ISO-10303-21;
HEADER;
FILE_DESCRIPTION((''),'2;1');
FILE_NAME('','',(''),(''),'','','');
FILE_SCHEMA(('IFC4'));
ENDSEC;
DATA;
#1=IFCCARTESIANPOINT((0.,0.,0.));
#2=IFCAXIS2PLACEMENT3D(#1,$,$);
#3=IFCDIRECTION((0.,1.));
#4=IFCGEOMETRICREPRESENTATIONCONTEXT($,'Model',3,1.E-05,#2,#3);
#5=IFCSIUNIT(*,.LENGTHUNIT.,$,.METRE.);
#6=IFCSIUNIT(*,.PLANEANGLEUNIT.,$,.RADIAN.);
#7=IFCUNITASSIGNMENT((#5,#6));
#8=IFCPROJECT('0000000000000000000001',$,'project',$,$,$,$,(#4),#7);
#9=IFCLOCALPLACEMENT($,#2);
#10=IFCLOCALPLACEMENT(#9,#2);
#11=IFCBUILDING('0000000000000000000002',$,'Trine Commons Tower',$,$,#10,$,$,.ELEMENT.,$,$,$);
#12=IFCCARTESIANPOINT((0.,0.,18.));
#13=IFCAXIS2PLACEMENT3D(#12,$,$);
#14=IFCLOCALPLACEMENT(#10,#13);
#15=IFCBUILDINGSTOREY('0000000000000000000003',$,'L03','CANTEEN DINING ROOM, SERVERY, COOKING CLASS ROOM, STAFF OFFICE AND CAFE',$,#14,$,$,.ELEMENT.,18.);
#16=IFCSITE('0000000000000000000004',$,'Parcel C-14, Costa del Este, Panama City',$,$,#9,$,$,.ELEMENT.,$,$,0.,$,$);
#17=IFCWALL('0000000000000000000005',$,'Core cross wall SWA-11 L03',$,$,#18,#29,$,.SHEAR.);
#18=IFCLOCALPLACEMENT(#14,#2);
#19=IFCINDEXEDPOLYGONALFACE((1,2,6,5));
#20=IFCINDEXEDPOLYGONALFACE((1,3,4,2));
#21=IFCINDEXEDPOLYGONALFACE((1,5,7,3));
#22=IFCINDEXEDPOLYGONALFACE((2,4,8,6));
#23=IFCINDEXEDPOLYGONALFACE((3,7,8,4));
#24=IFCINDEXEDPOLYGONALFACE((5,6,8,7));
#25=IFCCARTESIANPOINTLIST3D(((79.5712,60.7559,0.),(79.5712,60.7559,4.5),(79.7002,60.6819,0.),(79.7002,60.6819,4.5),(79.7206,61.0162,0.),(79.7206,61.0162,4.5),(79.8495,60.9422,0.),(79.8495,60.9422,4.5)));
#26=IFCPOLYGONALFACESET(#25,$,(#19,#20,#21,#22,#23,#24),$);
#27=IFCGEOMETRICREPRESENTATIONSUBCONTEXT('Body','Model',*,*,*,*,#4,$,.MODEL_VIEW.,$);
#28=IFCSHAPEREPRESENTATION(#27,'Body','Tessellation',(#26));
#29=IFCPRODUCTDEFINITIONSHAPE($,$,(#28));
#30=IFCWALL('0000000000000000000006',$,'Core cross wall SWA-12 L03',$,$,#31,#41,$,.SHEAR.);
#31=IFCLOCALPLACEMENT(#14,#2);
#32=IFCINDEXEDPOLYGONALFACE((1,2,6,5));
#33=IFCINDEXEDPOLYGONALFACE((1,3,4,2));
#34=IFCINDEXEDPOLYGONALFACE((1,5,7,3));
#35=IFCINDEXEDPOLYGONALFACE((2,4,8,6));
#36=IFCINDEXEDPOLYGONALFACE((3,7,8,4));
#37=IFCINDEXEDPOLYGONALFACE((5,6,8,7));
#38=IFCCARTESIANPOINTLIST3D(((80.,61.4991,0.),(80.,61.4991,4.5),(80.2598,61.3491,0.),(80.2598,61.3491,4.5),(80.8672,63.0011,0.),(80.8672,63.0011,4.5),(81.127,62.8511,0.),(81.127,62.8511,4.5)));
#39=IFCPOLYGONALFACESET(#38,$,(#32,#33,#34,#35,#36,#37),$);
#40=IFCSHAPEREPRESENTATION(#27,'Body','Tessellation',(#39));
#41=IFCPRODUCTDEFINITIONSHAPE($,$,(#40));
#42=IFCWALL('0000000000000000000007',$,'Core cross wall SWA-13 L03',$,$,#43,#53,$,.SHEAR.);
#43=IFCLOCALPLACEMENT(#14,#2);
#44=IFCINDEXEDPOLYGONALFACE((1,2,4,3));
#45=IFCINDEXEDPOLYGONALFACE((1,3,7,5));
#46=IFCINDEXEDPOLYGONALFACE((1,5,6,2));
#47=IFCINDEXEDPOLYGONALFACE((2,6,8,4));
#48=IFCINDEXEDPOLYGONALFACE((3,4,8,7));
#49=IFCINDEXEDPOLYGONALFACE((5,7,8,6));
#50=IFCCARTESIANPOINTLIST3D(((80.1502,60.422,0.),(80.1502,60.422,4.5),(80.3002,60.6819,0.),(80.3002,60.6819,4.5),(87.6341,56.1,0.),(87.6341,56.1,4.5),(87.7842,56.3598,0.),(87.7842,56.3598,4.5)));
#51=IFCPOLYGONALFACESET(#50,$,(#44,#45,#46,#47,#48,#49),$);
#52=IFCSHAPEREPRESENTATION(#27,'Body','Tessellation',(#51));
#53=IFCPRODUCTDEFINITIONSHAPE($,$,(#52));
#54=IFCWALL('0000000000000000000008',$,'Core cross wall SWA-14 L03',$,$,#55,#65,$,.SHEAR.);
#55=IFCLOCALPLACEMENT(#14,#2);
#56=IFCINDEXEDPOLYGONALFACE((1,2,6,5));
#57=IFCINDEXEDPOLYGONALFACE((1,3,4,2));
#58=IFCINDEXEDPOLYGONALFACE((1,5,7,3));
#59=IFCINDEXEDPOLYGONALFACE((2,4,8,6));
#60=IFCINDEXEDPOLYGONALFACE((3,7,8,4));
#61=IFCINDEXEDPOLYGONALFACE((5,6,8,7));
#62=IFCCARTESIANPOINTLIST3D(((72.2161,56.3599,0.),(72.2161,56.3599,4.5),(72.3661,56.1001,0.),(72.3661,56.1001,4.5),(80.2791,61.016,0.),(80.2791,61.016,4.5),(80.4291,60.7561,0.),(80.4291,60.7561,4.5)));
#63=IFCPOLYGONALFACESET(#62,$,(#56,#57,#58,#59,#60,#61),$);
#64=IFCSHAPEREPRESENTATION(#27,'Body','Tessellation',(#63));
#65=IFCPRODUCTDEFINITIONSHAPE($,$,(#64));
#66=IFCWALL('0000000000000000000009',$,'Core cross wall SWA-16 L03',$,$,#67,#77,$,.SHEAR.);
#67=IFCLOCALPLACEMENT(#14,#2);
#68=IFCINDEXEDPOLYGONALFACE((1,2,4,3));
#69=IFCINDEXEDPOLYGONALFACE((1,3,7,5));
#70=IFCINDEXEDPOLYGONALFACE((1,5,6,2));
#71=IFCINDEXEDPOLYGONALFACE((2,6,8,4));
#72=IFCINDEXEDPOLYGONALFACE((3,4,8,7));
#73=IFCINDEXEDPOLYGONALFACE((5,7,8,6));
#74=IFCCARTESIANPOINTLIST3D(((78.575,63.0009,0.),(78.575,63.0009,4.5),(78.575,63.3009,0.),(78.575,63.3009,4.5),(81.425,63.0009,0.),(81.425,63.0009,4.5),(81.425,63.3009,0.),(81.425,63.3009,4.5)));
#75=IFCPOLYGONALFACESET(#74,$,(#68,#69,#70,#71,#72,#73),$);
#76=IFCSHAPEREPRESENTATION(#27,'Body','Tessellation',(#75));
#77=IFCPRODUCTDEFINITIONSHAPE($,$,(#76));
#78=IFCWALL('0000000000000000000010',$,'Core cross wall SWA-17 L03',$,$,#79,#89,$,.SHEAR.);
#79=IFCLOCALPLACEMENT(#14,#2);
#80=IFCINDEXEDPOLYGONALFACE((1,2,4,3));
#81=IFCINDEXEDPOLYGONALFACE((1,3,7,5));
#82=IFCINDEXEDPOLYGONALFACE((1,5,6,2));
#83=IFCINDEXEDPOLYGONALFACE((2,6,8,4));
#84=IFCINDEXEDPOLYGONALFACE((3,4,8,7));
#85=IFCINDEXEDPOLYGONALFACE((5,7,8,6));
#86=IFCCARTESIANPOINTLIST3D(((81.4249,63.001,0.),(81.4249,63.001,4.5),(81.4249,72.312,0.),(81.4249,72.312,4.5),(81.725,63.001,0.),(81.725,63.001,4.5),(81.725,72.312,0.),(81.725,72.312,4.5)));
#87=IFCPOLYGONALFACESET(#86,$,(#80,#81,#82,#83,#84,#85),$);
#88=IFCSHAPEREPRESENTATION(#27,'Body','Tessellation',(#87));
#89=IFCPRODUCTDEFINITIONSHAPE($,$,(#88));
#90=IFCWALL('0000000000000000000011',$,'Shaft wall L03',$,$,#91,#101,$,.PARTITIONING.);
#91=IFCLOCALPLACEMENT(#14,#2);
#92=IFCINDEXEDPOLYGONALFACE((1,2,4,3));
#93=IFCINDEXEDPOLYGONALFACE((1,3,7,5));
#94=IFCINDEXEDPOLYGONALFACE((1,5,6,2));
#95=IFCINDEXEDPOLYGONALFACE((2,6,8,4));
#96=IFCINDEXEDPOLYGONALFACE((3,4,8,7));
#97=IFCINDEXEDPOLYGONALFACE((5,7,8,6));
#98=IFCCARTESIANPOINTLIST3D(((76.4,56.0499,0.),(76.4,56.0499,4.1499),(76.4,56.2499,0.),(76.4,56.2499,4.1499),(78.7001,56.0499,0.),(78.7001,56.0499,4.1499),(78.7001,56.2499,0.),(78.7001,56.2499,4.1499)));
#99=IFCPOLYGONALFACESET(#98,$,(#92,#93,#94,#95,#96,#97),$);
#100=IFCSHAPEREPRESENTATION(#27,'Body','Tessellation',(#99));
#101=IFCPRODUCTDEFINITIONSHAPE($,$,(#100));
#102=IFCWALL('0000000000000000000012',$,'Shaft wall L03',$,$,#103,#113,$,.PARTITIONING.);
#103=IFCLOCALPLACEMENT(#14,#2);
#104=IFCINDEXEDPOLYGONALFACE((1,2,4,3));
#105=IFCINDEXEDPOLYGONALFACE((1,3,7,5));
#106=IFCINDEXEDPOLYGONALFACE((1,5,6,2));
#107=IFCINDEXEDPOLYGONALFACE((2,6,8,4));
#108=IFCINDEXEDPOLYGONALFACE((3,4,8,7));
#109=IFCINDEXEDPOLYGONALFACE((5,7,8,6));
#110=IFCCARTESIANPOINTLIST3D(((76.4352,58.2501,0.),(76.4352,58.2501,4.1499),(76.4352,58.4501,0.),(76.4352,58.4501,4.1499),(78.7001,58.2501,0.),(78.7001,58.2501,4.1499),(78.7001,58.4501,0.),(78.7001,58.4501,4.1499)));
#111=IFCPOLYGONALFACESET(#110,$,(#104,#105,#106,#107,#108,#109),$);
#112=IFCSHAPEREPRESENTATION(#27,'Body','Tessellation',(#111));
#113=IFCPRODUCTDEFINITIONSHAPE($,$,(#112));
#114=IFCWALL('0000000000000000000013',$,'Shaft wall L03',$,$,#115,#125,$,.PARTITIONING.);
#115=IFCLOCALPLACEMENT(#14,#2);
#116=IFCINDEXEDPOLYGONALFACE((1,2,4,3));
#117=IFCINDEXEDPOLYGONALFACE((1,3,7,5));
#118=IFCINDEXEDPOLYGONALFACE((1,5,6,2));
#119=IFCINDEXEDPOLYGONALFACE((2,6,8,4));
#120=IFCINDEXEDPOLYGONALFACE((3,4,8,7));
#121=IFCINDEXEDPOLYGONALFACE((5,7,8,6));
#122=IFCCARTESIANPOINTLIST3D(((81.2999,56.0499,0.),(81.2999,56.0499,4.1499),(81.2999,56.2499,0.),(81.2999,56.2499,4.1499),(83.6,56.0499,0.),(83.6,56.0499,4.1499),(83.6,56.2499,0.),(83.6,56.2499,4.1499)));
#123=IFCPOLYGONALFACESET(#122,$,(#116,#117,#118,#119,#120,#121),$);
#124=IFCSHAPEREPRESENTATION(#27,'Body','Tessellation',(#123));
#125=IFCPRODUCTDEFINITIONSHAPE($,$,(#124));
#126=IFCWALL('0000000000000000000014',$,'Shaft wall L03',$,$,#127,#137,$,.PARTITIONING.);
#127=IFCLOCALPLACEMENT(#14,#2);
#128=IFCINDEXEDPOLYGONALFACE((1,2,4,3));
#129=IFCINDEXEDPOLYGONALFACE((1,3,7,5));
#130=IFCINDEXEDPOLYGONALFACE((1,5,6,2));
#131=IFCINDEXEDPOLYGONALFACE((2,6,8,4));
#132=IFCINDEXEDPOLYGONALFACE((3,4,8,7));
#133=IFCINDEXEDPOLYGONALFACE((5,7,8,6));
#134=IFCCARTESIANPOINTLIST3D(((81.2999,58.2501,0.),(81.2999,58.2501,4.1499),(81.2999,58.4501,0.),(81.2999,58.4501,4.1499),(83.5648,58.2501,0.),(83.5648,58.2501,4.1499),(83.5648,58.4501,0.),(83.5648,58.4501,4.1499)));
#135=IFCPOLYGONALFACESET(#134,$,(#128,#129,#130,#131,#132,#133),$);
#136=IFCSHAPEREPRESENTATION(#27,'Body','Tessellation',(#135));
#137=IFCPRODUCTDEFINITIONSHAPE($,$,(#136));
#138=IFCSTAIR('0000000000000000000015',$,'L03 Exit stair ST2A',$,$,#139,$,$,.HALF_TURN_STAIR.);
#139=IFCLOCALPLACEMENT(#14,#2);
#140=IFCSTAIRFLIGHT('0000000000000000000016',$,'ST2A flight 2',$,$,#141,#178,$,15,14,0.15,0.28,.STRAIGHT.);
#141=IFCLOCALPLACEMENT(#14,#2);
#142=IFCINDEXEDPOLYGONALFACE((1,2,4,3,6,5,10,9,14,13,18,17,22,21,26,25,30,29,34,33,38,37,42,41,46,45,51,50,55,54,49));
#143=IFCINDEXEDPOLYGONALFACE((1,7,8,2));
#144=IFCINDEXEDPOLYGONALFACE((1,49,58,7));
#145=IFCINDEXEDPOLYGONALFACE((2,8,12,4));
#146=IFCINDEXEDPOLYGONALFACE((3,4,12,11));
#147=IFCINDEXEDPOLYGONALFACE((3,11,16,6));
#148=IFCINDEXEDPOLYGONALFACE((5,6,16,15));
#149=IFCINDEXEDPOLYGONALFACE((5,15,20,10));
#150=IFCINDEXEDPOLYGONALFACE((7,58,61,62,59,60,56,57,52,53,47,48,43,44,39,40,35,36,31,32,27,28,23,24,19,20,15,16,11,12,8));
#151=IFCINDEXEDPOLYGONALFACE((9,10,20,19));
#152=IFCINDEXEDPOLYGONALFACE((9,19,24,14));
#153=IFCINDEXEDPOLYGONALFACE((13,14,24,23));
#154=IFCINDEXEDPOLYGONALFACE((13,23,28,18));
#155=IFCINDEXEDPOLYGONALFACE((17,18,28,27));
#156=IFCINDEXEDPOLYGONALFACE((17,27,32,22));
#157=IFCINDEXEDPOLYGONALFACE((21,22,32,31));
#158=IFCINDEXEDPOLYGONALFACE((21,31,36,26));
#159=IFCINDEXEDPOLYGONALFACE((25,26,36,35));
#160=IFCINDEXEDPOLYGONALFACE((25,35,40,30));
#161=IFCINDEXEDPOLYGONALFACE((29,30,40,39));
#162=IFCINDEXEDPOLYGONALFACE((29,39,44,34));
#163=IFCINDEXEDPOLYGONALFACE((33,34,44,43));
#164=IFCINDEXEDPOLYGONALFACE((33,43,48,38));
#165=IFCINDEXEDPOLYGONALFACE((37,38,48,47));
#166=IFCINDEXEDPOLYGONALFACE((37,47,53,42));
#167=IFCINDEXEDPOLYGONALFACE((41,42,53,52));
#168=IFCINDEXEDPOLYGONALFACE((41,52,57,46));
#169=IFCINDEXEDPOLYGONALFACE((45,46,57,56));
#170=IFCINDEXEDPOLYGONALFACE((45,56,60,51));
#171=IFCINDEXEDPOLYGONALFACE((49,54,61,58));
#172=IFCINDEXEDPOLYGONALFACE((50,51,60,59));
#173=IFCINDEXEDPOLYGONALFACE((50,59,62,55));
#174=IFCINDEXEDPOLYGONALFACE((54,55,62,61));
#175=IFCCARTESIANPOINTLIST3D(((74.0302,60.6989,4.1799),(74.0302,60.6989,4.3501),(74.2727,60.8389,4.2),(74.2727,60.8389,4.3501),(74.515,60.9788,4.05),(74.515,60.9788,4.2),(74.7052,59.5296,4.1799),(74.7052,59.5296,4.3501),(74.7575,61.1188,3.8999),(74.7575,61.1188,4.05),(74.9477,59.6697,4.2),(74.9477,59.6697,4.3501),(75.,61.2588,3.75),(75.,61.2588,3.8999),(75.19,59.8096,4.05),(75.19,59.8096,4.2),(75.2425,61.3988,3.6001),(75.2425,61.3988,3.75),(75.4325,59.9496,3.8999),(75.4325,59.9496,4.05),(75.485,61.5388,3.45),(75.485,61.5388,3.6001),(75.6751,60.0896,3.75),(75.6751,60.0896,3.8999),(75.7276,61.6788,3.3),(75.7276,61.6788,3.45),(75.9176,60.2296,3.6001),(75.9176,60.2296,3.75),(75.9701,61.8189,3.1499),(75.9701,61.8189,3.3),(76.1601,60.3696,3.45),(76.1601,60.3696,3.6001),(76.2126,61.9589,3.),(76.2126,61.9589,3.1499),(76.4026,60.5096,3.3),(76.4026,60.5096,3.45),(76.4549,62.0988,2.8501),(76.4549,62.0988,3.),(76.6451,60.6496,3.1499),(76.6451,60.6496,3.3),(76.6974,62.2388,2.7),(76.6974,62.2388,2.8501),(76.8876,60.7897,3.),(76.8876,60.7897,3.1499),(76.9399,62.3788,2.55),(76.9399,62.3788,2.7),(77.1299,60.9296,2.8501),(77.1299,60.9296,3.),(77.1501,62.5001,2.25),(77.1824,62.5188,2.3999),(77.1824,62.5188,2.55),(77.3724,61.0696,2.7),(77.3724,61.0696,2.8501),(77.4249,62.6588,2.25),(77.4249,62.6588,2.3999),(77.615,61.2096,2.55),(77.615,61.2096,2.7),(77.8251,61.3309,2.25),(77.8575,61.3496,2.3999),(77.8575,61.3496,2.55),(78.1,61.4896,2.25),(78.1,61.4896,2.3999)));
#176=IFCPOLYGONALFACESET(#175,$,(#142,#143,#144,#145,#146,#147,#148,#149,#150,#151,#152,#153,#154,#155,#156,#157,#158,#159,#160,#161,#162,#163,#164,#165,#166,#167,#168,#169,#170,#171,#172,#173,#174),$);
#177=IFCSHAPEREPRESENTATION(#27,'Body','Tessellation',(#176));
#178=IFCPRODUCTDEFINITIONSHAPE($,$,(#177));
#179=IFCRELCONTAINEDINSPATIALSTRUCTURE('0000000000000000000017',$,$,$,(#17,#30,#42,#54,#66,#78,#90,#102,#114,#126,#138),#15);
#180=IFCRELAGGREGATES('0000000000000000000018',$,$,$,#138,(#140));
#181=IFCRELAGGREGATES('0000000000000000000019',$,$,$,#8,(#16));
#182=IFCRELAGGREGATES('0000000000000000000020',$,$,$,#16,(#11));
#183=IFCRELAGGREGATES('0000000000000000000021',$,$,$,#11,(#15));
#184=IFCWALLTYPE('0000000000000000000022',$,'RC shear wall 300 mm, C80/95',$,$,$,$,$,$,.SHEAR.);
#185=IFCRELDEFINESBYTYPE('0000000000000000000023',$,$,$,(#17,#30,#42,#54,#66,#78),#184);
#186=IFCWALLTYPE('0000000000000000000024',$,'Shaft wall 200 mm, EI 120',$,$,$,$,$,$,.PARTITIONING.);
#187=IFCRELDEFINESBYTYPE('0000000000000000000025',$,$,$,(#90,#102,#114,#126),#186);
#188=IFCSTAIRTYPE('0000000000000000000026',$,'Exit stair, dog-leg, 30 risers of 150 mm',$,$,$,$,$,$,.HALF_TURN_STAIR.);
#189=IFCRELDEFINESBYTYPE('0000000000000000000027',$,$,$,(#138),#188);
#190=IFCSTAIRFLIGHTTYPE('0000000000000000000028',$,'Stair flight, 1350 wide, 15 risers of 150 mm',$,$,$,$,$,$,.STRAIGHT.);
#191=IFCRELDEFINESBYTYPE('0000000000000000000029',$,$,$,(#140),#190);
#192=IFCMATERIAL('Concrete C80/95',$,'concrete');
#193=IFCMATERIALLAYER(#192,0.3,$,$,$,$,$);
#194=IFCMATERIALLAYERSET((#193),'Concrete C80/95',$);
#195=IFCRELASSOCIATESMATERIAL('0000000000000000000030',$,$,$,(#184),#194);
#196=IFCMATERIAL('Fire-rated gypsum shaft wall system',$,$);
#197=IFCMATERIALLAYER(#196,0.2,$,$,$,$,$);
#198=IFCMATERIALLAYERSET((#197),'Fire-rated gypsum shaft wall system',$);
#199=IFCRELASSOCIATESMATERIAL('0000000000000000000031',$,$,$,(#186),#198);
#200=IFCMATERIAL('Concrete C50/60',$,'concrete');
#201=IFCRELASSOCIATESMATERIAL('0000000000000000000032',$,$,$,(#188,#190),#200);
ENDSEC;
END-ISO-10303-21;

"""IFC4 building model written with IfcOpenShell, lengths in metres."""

from ifc_helpers import new_model, si_unit, direction, frame, frame_2d, origin, place, context, subcontext, project, spatial, polyline, rectangle, outline, extrude, material, layer, layer_set, type_object, element, aggregate, save


model = new_model("IFC4")

# Units and contexts
model_context = context("Model", 3, precision=1e-05, world=origin(), true_north=direction((0.0, 1.0)))
body_context = subcontext(model_context, "Body", "Model", "MODEL_VIEW")
ifc_project = project(units=[si_unit("LENGTHUNIT", "METRE"), si_unit("PLANEANGLEUNIT", "RADIAN")], contexts=[model_context])

# Site, building, storey
site_placement = place(None, origin())
site = spatial("IfcSite", under=ifc_project, at=site_placement, Name="Parcel C-14, Costa del Este, Panama City", CompositionType="ELEMENT", RefElevation=0.0)
building_placement = place(site_placement, origin())
building = spatial("IfcBuilding", under=site, at=building_placement, Name="Trine Commons Tower", CompositionType="ELEMENT")
storey_placement = place(building_placement, frame((0.0, 0.0, 18.0)))
storey = spatial("IfcBuildingStorey", under=building, at=storey_placement, Name="L03", Description="CANTEEN DINING ROOM, SERVERY, COOKING CLASS ROOM, STAFF OFFICE AND CAFE", CompositionType="ELEMENT", Elevation=18.0)

# Shared definitions
ifc_material_1 = material(Name="Fire-rated gypsum shaft wall system")

# Shared definitions
ifc_material_2 = material(Name="Concrete C80/95", Category="concrete")
ifc_layer_1 = layer(ifc_material_2, 0.3)
ifc_layer_set_1 = layer_set([ifc_layer_1], Name="Concrete C80/95")
wall_type_1 = type_object("IfcWallType", Name="RC shear wall 300 mm, C80/95", PredefinedType="SHEAR", material=ifc_layer_set_1)

# Walls
wall_1_placement = place(storey_placement, frame((79.646, 60.886, 0.0), z_axis=(0.0, 0.0, 1.0), x_axis=(0.867332, -0.49773, 0.0)))
element("IfcWall", 1, at=wall_1_placement, inside=storey, type_object=wall_type_1, Name="Core cross wall SWA-11 L03", PredefinedType="SHEAR", context=body_context, shape_type="SweptSolid", body=[
    extrude(rectangle(XDim=0.1487, YDim=0.3, at=frame_2d((0.0742, 0.0))), origin(), (0.0, 0.0, 1.0), 4.5),
])
wall_2_placement = place(storey_placement, frame((80.1299, 61.4241, 0.0), z_axis=(0.0, 0.0, 1.0), x_axis=(0.500015, 0.866017, 0.0)))
element("IfcWall", 2, at=wall_2_placement, inside=storey, type_object=wall_type_1, Name="Core cross wall SWA-12 L03", PredefinedType="SHEAR", context=body_context, shape_type="SweptSolid", body=[
    extrude(rectangle(XDim=1.7344, YDim=0.3, at=frame_2d((0.8672, 0.0))), origin(), (0.0, 0.0, 1.0), 4.5),
])
wall_3_placement = place(storey_placement, frame((80.2251, 60.552, 0.0), z_axis=(0.0, 0.0, 1.0), x_axis=(0.865965, -0.500104, 0.0)))
element("IfcWall", 3, at=wall_3_placement, inside=storey, type_object=wall_type_1, Name="Core cross wall SWA-13 L03", PredefinedType="SHEAR", context=body_context, shape_type="SweptSolid", body=[
    extrude(rectangle(XDim=8.6423, YDim=0.3, at=frame_2d((4.3213, 0.0))), origin(), (0.0, 0.0, 1.0), 4.5),
])
wall_4_placement = place(storey_placement, frame((80.354, 60.886, 0.0), z_axis=(0.0, 0.0, 1.0), x_axis=(-0.865986, -0.500067, 0.0)))
element("IfcWall", 4, at=wall_4_placement, inside=storey, type_object=wall_type_1, Name="Core cross wall SWA-14 L03", PredefinedType="SHEAR", context=body_context, shape_type="SweptSolid", body=[
    extrude(rectangle(XDim=9.3108, YDim=0.3, at=frame_2d((4.6553, 0.0))), origin(), (0.0, 0.0, 1.0), 4.5),
])
wall_5_placement = place(storey_placement, frame((81.425, 63.1509, 0.0), z_axis=(0.0, 0.0, 1.0), x_axis=(-1.0, 0.0, 0.0)))
element("IfcWall", 5, at=wall_5_placement, inside=storey, type_object=wall_type_1, Name="Core cross wall SWA-16 L03", PredefinedType="SHEAR", context=body_context, shape_type="SweptSolid", body=[
    extrude(rectangle(XDim=2.8501, YDim=0.3, at=frame_2d((1.425, 0.0))), origin(), (0.0, 0.0, 1.0), 4.5),
])
wall_6_placement = place(storey_placement, frame((81.575, 63.001, 0.0), z_axis=(0.0, 0.0, 1.0), x_axis=(0.0, 1.0, 0.0)))
element("IfcWall", 6, at=wall_6_placement, inside=storey, type_object=wall_type_1, Name="Core cross wall SWA-17 L03", PredefinedType="SHEAR", context=body_context, shape_type="SweptSolid", body=[
    extrude(rectangle(XDim=9.311, YDim=0.3, at=frame_2d((4.6555, 0.0))), origin(), (0.0, 0.0, 1.0), 4.5),
])
ifc_layer_2 = layer(ifc_material_1, 0.2)
ifc_layer_set_2 = layer_set([ifc_layer_2], Name="Fire-rated gypsum shaft wall system")
wall_type_2 = type_object("IfcWallType", Name="Shaft wall 200 mm, EI 120", PredefinedType="PARTITIONING", material=ifc_layer_set_2)
wall_7_placement = place(storey_placement, frame((78.7, 56.1499, 0.0), z_axis=(0.0, 0.0, 1.0), x_axis=(-1.0, 0.0, 0.0)))
element("IfcWall", 7, at=wall_7_placement, inside=storey, type_object=wall_type_2, Name="Shaft wall L03", PredefinedType="PARTITIONING", context=body_context, shape_type="SweptSolid", body=[
    extrude(rectangle(XDim=2.3, YDim=0.2, at=frame_2d((1.1499, 0.0))), origin(), (0.0, 0.0, 1.0), 4.1499),
])
wall_8_placement = place(storey_placement, frame((78.7, 58.3501, 0.0), z_axis=(0.0, 0.0, 1.0), x_axis=(-1.0, 0.0, 0.0)))
element("IfcWall", 8, at=wall_8_placement, inside=storey, type_object=wall_type_2, Name="Shaft wall L03", PredefinedType="PARTITIONING", context=body_context, shape_type="SweptSolid", body=[
    extrude(rectangle(XDim=2.2649, YDim=0.2, at=frame_2d((1.1323, 0.0))), origin(), (0.0, 0.0, 1.0), 4.1499),
])
wall_9_placement = place(storey_placement, frame((81.3, 56.1499, 0.0), z_axis=(0.0, 0.0, 1.0), x_axis=(1.0, 0.0, 0.0)))
element("IfcWall", 9, at=wall_9_placement, inside=storey, type_object=wall_type_2, Name="Shaft wall L03", PredefinedType="PARTITIONING", context=body_context, shape_type="SweptSolid", body=[
    extrude(rectangle(XDim=2.3, YDim=0.2, at=frame_2d((1.1499, 0.0))), origin(), (0.0, 0.0, 1.0), 4.1499),
])
wall_10_placement = place(storey_placement, frame((81.3, 58.3501, 0.0), z_axis=(0.0, 0.0, 1.0), x_axis=(1.0, 0.0, 0.0)))
element("IfcWall", 10, at=wall_10_placement, inside=storey, type_object=wall_type_2, Name="Shaft wall L03", PredefinedType="PARTITIONING", context=body_context, shape_type="SweptSolid", body=[
    extrude(rectangle(XDim=2.2649, YDim=0.2, at=frame_2d((1.1323, 0.0))), origin(), (0.0, 0.0, 1.0), 4.1499),
])

# Stair, stair flight
ifc_material_3 = material(Name="Concrete C50/60", Category="concrete")
stair_type = type_object("IfcStairType", Name="Exit stair, dog-leg, 30 risers of 150 mm", PredefinedType="HALF_TURN_STAIR", material=ifc_material_3)
stair_1_placement = place(storey_placement, origin())
stair_1 = element("IfcStair", 11, at=stair_1_placement, inside=storey, type_object=stair_type, Name="L03 Exit stair ST2A", PredefinedType="HALF_TURN_STAIR")
stair_flight_type = type_object("IfcStairFlightType", Name="Stair flight, 1350 wide, 15 risers of 150 mm", PredefinedType="STRAIGHT", material=ifc_material_3)
stair_flight_1_placement = place(storey_placement, frame((77.7625, 62.0742, 2.25), z_axis=(0.0, 0.0, 1.0), x_axis=(-0.866025, -0.5, 0.0)))
stair_flight_1 = element("IfcStairFlight", 12, at=stair_flight_1_placement, type_object=stair_flight_type, Name="ST2A flight 2", NumberOfRisers=15, NumberOfTreads=14, PredefinedType="STRAIGHT", RiserHeight=0.15, TreadLength=0.28, context=body_context, shape_type="SweptSolid", body=[
    extrude(outline(polyline([(0.0, 0.0), (0.0, 0.1499), (0.28, 0.1499), (0.28, 0.3), (0.5601, 0.3), (0.5601, 0.45), (0.8401, 0.45), (0.8401, 0.6001), (1.1201, 0.6001), (1.1201, 0.75), (1.3999, 0.75), (1.3999, 0.8999), (1.6799, 0.8999), (1.6799, 1.05), (1.96, 1.05), (1.96, 1.2), (2.24, 1.2), (2.24, 1.3501), (2.52, 1.3501), (2.52, 1.5), (2.8, 1.5), (2.8, 1.6499), (3.0801, 1.6499), (3.0801, 1.8), (3.3601, 1.8), (3.3601, 1.95), (3.6399, 1.95), (3.6399, 2.1001), (3.9199, 2.1001), (3.9199, 2.25), (3.9199, 1.9299), (0.3174, 0.0), (0.0, 0.0)])), frame((0.0, 0.675, 0.0), z_axis=(0.0, -1.0, 0.0), x_axis=(1.0, 0.0, 0.0)), (0.0, 0.0, 1.0), 1.3501),
])
aggregate(stair_1, [stair_flight_1])

save(model, "model.ifc")
